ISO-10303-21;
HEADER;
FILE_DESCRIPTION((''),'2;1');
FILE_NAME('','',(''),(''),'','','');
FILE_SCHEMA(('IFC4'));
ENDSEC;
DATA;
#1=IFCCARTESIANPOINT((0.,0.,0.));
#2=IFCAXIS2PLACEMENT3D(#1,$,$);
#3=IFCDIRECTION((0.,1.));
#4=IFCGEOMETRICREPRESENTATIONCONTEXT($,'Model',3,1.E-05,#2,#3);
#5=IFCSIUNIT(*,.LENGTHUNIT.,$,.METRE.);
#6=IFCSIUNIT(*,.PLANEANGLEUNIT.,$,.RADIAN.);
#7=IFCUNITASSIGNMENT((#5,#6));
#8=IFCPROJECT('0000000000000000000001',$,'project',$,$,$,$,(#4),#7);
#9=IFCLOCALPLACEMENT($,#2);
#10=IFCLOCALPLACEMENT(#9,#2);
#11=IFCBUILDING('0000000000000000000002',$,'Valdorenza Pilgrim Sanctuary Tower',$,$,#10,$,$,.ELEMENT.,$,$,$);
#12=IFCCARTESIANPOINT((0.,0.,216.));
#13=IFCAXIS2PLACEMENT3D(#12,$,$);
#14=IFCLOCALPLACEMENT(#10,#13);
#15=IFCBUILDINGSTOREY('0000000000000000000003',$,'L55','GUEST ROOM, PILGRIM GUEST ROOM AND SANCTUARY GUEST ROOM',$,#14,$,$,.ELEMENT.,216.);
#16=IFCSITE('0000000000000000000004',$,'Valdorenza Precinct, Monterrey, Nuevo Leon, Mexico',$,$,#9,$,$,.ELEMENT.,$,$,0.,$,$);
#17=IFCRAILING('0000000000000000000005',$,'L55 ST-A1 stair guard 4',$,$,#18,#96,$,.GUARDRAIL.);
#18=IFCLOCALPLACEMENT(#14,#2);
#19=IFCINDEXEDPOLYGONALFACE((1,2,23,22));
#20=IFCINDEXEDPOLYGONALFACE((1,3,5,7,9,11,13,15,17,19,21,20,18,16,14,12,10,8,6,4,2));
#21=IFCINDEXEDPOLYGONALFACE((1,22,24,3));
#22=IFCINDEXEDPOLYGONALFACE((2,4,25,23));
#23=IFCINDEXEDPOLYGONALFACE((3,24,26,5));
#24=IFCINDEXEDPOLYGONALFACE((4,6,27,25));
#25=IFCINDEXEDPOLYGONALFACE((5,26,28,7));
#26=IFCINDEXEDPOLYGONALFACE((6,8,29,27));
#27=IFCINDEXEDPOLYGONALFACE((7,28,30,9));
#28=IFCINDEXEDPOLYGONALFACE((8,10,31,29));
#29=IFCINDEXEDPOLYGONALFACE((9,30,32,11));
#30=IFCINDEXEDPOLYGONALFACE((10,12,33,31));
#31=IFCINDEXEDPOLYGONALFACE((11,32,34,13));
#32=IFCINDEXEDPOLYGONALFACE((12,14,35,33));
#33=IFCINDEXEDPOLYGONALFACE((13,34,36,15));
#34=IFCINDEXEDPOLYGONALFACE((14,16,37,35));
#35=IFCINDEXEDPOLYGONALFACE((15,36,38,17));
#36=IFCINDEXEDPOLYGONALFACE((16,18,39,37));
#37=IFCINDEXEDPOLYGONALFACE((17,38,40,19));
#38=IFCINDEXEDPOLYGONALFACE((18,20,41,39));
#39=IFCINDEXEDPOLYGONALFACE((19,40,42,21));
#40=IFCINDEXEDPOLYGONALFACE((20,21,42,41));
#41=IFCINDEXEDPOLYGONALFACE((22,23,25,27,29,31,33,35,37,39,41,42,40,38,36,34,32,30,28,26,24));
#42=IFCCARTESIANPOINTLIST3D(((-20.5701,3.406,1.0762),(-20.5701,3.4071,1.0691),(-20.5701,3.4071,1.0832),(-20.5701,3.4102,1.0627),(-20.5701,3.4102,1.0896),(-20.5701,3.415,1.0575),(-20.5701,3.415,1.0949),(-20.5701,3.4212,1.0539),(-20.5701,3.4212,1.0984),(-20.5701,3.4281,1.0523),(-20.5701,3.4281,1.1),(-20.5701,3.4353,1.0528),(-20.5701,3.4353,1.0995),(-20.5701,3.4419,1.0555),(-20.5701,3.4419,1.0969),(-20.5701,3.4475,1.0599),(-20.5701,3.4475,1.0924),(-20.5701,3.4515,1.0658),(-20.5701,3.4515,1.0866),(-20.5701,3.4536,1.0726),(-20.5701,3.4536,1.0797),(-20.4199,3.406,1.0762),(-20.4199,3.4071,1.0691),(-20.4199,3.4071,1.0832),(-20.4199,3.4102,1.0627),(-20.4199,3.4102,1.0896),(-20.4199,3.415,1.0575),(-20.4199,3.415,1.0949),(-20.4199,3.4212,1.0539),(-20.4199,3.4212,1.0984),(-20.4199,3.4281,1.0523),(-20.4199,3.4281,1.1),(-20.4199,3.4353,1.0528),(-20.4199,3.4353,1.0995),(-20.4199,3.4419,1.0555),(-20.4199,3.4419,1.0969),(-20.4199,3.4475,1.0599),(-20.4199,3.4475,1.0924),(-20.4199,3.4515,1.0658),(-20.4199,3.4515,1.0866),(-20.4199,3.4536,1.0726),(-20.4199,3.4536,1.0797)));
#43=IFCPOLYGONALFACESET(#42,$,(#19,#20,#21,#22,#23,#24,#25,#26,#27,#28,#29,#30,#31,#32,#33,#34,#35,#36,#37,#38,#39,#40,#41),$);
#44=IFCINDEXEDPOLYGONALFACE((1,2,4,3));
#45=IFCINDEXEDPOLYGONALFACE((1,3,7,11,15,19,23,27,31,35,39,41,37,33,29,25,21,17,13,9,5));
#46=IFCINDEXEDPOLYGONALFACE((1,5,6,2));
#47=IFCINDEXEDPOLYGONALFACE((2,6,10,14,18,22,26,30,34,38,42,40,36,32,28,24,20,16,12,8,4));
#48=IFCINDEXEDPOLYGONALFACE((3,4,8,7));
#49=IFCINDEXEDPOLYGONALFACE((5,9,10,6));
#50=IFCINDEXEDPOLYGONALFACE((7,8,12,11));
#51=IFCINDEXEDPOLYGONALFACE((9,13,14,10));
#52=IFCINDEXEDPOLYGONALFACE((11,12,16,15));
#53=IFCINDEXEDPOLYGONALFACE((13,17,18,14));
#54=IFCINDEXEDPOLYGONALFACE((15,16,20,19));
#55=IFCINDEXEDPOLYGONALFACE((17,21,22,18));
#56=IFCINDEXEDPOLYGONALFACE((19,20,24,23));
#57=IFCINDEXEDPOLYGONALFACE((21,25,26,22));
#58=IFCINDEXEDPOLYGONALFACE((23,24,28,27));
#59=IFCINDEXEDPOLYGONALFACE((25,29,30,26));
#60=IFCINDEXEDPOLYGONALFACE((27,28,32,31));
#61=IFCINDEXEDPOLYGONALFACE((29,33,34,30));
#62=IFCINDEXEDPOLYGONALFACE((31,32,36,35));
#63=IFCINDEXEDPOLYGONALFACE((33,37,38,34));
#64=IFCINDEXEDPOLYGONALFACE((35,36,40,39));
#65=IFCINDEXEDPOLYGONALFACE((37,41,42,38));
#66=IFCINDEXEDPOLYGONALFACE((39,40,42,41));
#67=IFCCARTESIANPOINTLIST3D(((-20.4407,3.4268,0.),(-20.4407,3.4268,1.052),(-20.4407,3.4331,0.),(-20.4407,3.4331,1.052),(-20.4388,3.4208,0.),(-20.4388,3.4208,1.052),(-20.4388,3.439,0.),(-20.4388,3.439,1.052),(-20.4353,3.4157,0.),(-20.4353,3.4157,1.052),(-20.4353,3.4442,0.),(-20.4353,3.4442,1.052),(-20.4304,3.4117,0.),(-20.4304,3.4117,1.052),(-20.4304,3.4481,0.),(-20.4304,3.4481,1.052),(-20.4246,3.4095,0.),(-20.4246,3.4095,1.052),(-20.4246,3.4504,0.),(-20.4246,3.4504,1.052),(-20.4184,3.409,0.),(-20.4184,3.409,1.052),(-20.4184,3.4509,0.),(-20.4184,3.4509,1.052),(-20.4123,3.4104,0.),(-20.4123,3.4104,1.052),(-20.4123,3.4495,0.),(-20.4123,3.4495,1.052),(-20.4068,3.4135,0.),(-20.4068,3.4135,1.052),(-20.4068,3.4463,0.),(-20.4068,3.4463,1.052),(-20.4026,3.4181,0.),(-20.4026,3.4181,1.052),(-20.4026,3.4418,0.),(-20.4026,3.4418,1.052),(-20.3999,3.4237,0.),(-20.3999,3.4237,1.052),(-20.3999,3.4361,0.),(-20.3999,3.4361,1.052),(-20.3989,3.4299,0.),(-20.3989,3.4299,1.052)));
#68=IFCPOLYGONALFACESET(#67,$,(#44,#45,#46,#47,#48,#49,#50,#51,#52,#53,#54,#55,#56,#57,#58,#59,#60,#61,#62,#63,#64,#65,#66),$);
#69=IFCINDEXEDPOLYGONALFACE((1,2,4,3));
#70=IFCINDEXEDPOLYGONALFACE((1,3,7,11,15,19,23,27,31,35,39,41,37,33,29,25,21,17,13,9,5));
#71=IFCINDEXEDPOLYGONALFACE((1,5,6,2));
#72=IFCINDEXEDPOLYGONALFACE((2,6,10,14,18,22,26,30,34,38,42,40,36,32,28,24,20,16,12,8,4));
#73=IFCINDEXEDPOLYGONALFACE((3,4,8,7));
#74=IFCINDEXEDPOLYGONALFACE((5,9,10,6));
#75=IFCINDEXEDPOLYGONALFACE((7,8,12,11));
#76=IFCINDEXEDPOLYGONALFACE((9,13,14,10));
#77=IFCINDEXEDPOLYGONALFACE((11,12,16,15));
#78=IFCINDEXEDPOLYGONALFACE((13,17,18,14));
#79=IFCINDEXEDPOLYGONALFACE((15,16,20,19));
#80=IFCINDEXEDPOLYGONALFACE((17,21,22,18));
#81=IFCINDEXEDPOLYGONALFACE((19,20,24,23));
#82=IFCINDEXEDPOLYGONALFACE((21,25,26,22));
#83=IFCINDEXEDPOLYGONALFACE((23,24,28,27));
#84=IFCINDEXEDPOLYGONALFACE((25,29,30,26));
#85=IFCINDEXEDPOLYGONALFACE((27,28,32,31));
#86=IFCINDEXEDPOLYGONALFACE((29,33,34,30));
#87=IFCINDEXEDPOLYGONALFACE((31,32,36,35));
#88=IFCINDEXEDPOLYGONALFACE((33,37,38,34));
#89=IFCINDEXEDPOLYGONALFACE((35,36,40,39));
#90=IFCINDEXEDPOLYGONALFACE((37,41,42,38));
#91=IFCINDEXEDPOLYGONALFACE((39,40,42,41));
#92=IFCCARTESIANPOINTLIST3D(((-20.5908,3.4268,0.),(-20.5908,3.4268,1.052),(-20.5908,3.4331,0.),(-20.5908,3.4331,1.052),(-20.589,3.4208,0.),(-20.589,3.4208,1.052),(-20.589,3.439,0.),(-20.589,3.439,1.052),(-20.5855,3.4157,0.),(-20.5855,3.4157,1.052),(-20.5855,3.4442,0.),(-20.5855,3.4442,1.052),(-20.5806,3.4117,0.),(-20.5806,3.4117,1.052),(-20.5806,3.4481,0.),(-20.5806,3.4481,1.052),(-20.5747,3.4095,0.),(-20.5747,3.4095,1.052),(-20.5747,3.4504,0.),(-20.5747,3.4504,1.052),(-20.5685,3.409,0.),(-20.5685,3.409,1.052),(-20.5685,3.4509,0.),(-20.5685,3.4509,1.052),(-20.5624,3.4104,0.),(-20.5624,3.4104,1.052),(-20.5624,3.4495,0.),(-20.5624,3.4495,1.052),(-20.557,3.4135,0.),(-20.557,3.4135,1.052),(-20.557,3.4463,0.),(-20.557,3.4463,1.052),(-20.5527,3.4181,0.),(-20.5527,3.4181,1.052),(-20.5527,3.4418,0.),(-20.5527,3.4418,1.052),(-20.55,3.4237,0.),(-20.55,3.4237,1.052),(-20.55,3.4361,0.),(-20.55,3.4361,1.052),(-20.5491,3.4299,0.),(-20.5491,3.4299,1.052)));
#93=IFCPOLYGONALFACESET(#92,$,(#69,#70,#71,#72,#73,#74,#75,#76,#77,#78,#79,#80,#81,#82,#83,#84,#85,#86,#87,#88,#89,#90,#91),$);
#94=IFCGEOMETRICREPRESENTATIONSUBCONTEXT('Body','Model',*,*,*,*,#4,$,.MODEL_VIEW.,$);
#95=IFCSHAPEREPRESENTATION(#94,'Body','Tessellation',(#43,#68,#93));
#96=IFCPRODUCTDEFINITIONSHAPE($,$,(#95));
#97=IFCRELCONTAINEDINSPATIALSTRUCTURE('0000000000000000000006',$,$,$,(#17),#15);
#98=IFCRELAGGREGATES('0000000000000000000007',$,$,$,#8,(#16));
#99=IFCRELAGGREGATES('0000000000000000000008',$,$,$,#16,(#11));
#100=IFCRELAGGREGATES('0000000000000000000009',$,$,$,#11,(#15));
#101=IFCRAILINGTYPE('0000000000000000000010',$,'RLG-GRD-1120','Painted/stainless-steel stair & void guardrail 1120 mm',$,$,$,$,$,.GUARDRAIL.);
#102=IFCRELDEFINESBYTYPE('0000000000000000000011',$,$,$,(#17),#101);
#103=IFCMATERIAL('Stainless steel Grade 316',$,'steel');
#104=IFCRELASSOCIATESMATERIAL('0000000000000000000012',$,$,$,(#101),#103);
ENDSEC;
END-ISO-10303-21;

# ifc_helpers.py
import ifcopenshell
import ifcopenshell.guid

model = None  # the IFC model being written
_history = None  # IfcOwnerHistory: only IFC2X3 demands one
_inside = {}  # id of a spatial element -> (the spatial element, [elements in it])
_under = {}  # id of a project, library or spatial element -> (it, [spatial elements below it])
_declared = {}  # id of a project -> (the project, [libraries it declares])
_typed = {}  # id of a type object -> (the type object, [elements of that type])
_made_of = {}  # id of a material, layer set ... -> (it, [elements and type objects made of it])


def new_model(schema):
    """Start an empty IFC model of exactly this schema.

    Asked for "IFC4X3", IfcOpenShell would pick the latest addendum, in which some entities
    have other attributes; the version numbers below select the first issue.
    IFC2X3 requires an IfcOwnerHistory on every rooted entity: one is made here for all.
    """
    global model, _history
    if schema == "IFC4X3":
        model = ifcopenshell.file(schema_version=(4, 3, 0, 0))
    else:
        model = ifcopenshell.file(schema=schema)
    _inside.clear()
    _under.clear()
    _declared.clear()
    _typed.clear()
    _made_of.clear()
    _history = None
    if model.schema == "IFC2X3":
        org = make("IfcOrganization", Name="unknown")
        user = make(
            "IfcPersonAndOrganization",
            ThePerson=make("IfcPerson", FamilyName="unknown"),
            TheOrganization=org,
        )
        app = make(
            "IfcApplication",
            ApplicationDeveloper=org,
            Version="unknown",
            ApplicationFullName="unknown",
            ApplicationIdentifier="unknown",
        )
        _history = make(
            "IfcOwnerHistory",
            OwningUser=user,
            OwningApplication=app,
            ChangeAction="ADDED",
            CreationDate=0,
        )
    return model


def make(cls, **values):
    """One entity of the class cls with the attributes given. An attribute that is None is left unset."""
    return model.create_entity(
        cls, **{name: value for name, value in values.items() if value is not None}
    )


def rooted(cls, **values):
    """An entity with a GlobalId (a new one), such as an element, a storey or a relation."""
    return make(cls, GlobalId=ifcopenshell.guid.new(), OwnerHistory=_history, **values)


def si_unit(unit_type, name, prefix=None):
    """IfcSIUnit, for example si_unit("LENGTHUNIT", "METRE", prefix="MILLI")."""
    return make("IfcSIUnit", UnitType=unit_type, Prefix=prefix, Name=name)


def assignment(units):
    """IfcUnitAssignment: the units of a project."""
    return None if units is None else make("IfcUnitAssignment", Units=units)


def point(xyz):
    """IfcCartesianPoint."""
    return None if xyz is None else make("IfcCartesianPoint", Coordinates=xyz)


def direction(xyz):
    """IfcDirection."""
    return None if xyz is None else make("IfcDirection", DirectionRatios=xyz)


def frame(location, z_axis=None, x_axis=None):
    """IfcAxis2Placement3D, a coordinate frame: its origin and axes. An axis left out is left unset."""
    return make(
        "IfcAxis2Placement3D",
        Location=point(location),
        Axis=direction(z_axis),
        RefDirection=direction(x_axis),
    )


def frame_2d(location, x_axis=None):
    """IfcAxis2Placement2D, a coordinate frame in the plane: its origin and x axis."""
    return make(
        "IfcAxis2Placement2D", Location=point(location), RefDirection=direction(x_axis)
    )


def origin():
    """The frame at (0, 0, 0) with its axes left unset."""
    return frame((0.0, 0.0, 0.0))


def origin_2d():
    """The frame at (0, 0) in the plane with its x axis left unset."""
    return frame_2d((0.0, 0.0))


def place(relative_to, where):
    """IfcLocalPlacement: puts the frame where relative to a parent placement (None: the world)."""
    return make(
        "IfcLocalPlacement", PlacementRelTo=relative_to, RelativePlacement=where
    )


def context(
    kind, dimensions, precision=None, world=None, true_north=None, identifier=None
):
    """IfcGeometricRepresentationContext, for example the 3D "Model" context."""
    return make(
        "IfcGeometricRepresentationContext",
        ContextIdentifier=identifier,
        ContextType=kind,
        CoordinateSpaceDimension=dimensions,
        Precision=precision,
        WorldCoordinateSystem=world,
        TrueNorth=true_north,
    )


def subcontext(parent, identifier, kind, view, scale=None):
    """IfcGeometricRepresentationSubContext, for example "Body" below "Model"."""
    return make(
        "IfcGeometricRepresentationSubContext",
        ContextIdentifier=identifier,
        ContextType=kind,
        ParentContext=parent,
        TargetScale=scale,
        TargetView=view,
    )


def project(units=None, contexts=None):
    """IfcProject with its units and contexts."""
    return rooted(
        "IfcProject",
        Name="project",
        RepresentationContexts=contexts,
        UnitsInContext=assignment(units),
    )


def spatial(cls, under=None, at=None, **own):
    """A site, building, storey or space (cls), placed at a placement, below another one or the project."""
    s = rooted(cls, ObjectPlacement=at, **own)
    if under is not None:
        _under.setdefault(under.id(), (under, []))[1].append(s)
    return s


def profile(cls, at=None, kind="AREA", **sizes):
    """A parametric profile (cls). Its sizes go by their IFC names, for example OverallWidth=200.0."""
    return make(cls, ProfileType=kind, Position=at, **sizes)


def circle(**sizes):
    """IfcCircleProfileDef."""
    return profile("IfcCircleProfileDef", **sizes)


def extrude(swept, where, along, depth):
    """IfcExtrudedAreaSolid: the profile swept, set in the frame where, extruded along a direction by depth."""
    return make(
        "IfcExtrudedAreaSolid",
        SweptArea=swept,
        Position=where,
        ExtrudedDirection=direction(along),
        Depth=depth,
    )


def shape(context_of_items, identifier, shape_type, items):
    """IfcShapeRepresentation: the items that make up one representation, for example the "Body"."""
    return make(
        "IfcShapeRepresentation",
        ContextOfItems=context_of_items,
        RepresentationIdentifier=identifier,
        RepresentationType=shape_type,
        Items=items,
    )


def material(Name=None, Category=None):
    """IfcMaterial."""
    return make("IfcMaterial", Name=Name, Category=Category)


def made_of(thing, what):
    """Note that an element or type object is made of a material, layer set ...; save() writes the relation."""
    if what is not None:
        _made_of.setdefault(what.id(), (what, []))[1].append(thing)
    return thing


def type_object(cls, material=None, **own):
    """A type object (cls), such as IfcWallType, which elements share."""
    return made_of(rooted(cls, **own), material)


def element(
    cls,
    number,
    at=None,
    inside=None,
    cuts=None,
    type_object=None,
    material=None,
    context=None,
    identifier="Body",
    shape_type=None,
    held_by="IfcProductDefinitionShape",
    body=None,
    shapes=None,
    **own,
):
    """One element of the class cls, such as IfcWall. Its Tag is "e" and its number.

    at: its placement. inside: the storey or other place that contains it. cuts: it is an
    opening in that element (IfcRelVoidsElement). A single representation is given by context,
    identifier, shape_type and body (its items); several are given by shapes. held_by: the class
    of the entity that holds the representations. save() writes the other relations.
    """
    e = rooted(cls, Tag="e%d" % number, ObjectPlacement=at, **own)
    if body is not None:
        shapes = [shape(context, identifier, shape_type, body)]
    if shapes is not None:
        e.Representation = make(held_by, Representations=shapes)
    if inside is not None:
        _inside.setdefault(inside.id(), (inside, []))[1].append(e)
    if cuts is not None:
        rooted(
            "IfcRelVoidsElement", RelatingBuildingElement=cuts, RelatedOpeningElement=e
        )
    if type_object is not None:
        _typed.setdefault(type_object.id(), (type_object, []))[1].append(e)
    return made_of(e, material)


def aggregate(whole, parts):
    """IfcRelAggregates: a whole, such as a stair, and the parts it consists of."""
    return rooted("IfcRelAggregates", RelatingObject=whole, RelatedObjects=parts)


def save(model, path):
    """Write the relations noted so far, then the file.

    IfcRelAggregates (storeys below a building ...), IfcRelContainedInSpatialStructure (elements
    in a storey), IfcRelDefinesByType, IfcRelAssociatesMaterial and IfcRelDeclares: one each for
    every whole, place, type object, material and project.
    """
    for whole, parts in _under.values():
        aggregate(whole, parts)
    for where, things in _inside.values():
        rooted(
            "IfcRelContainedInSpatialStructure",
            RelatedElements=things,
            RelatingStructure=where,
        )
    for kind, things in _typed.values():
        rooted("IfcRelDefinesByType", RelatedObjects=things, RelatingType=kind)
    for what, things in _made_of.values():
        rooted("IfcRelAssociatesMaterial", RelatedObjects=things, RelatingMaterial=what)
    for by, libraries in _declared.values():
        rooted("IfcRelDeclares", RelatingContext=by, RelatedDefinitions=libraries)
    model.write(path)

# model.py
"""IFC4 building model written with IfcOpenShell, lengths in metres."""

from ifc_helpers import new_model, si_unit, direction, frame, origin, origin_2d, place, context, subcontext, project, spatial, circle, extrude, material, type_object, element, save


model = new_model("IFC4")

# Units and contexts
model_context = context("Model", 3, precision=1e-05, world=origin(), true_north=direction((0.0, 1.0)))
body_context = subcontext(model_context, "Body", "Model", "MODEL_VIEW")
ifc_project = project(units=[si_unit("LENGTHUNIT", "METRE"), si_unit("PLANEANGLEUNIT", "RADIAN")], contexts=[model_context])

# Site, building, storey
site_placement = place(None, origin())
site = spatial("IfcSite", under=ifc_project, at=site_placement, Name="Valdorenza Precinct, Monterrey, Nuevo Leon, Mexico", CompositionType="ELEMENT", RefElevation=0.0)
building_placement = place(site_placement, origin())
building = spatial("IfcBuilding", under=site, at=building_placement, Name="Valdorenza Pilgrim Sanctuary Tower", CompositionType="ELEMENT")
storey_placement = place(building_placement, frame((0.0, 0.0, 216.0)))
storey = spatial("IfcBuildingStorey", under=building, at=storey_placement, Name="L55", Description="GUEST ROOM, PILGRIM GUEST ROOM AND SANCTUARY GUEST ROOM", CompositionType="ELEMENT", Elevation=216.0)

# Railing
ifc_material_1 = material(Name="Stainless steel Grade 316", Category="steel")
railing_type_1 = type_object("IfcRailingType", Name="RLG-GRD-1120", Description="Painted/stainless-steel stair & void guardrail 1120 mm", PredefinedType="GUARDRAIL", material=ifc_material_1)
railing_1_placement = place(storey_placement, frame((-20.4199, 3.4299, 0.0)))
element("IfcRailing", 1, at=railing_1_placement, inside=storey, type_object=railing_type_1, Name="L55 ST-A1 stair guard 4", PredefinedType="GUARDRAIL", context=body_context, shape_type="SweptSolid", body=[
    extrude(circle(Radius=0.0239, at=origin_2d()), frame((0.0, 0.0, 1.0762), z_axis=(-1.0, 0.0, 0.0), x_axis=(0.0, -1.0, 0.0)), (0.0, 0.0, 1.0), 0.1501),
    extrude(circle(Radius=0.021, at=origin_2d()), origin(), (0.0, 0.0, 1.0), 1.052),
    extrude(circle(Radius=0.021, at=origin_2d()), frame((-0.1501, 0.0, 0.0)), (0.0, 0.0, 1.0), 1.052),
])

save(model, "model.ifc")
